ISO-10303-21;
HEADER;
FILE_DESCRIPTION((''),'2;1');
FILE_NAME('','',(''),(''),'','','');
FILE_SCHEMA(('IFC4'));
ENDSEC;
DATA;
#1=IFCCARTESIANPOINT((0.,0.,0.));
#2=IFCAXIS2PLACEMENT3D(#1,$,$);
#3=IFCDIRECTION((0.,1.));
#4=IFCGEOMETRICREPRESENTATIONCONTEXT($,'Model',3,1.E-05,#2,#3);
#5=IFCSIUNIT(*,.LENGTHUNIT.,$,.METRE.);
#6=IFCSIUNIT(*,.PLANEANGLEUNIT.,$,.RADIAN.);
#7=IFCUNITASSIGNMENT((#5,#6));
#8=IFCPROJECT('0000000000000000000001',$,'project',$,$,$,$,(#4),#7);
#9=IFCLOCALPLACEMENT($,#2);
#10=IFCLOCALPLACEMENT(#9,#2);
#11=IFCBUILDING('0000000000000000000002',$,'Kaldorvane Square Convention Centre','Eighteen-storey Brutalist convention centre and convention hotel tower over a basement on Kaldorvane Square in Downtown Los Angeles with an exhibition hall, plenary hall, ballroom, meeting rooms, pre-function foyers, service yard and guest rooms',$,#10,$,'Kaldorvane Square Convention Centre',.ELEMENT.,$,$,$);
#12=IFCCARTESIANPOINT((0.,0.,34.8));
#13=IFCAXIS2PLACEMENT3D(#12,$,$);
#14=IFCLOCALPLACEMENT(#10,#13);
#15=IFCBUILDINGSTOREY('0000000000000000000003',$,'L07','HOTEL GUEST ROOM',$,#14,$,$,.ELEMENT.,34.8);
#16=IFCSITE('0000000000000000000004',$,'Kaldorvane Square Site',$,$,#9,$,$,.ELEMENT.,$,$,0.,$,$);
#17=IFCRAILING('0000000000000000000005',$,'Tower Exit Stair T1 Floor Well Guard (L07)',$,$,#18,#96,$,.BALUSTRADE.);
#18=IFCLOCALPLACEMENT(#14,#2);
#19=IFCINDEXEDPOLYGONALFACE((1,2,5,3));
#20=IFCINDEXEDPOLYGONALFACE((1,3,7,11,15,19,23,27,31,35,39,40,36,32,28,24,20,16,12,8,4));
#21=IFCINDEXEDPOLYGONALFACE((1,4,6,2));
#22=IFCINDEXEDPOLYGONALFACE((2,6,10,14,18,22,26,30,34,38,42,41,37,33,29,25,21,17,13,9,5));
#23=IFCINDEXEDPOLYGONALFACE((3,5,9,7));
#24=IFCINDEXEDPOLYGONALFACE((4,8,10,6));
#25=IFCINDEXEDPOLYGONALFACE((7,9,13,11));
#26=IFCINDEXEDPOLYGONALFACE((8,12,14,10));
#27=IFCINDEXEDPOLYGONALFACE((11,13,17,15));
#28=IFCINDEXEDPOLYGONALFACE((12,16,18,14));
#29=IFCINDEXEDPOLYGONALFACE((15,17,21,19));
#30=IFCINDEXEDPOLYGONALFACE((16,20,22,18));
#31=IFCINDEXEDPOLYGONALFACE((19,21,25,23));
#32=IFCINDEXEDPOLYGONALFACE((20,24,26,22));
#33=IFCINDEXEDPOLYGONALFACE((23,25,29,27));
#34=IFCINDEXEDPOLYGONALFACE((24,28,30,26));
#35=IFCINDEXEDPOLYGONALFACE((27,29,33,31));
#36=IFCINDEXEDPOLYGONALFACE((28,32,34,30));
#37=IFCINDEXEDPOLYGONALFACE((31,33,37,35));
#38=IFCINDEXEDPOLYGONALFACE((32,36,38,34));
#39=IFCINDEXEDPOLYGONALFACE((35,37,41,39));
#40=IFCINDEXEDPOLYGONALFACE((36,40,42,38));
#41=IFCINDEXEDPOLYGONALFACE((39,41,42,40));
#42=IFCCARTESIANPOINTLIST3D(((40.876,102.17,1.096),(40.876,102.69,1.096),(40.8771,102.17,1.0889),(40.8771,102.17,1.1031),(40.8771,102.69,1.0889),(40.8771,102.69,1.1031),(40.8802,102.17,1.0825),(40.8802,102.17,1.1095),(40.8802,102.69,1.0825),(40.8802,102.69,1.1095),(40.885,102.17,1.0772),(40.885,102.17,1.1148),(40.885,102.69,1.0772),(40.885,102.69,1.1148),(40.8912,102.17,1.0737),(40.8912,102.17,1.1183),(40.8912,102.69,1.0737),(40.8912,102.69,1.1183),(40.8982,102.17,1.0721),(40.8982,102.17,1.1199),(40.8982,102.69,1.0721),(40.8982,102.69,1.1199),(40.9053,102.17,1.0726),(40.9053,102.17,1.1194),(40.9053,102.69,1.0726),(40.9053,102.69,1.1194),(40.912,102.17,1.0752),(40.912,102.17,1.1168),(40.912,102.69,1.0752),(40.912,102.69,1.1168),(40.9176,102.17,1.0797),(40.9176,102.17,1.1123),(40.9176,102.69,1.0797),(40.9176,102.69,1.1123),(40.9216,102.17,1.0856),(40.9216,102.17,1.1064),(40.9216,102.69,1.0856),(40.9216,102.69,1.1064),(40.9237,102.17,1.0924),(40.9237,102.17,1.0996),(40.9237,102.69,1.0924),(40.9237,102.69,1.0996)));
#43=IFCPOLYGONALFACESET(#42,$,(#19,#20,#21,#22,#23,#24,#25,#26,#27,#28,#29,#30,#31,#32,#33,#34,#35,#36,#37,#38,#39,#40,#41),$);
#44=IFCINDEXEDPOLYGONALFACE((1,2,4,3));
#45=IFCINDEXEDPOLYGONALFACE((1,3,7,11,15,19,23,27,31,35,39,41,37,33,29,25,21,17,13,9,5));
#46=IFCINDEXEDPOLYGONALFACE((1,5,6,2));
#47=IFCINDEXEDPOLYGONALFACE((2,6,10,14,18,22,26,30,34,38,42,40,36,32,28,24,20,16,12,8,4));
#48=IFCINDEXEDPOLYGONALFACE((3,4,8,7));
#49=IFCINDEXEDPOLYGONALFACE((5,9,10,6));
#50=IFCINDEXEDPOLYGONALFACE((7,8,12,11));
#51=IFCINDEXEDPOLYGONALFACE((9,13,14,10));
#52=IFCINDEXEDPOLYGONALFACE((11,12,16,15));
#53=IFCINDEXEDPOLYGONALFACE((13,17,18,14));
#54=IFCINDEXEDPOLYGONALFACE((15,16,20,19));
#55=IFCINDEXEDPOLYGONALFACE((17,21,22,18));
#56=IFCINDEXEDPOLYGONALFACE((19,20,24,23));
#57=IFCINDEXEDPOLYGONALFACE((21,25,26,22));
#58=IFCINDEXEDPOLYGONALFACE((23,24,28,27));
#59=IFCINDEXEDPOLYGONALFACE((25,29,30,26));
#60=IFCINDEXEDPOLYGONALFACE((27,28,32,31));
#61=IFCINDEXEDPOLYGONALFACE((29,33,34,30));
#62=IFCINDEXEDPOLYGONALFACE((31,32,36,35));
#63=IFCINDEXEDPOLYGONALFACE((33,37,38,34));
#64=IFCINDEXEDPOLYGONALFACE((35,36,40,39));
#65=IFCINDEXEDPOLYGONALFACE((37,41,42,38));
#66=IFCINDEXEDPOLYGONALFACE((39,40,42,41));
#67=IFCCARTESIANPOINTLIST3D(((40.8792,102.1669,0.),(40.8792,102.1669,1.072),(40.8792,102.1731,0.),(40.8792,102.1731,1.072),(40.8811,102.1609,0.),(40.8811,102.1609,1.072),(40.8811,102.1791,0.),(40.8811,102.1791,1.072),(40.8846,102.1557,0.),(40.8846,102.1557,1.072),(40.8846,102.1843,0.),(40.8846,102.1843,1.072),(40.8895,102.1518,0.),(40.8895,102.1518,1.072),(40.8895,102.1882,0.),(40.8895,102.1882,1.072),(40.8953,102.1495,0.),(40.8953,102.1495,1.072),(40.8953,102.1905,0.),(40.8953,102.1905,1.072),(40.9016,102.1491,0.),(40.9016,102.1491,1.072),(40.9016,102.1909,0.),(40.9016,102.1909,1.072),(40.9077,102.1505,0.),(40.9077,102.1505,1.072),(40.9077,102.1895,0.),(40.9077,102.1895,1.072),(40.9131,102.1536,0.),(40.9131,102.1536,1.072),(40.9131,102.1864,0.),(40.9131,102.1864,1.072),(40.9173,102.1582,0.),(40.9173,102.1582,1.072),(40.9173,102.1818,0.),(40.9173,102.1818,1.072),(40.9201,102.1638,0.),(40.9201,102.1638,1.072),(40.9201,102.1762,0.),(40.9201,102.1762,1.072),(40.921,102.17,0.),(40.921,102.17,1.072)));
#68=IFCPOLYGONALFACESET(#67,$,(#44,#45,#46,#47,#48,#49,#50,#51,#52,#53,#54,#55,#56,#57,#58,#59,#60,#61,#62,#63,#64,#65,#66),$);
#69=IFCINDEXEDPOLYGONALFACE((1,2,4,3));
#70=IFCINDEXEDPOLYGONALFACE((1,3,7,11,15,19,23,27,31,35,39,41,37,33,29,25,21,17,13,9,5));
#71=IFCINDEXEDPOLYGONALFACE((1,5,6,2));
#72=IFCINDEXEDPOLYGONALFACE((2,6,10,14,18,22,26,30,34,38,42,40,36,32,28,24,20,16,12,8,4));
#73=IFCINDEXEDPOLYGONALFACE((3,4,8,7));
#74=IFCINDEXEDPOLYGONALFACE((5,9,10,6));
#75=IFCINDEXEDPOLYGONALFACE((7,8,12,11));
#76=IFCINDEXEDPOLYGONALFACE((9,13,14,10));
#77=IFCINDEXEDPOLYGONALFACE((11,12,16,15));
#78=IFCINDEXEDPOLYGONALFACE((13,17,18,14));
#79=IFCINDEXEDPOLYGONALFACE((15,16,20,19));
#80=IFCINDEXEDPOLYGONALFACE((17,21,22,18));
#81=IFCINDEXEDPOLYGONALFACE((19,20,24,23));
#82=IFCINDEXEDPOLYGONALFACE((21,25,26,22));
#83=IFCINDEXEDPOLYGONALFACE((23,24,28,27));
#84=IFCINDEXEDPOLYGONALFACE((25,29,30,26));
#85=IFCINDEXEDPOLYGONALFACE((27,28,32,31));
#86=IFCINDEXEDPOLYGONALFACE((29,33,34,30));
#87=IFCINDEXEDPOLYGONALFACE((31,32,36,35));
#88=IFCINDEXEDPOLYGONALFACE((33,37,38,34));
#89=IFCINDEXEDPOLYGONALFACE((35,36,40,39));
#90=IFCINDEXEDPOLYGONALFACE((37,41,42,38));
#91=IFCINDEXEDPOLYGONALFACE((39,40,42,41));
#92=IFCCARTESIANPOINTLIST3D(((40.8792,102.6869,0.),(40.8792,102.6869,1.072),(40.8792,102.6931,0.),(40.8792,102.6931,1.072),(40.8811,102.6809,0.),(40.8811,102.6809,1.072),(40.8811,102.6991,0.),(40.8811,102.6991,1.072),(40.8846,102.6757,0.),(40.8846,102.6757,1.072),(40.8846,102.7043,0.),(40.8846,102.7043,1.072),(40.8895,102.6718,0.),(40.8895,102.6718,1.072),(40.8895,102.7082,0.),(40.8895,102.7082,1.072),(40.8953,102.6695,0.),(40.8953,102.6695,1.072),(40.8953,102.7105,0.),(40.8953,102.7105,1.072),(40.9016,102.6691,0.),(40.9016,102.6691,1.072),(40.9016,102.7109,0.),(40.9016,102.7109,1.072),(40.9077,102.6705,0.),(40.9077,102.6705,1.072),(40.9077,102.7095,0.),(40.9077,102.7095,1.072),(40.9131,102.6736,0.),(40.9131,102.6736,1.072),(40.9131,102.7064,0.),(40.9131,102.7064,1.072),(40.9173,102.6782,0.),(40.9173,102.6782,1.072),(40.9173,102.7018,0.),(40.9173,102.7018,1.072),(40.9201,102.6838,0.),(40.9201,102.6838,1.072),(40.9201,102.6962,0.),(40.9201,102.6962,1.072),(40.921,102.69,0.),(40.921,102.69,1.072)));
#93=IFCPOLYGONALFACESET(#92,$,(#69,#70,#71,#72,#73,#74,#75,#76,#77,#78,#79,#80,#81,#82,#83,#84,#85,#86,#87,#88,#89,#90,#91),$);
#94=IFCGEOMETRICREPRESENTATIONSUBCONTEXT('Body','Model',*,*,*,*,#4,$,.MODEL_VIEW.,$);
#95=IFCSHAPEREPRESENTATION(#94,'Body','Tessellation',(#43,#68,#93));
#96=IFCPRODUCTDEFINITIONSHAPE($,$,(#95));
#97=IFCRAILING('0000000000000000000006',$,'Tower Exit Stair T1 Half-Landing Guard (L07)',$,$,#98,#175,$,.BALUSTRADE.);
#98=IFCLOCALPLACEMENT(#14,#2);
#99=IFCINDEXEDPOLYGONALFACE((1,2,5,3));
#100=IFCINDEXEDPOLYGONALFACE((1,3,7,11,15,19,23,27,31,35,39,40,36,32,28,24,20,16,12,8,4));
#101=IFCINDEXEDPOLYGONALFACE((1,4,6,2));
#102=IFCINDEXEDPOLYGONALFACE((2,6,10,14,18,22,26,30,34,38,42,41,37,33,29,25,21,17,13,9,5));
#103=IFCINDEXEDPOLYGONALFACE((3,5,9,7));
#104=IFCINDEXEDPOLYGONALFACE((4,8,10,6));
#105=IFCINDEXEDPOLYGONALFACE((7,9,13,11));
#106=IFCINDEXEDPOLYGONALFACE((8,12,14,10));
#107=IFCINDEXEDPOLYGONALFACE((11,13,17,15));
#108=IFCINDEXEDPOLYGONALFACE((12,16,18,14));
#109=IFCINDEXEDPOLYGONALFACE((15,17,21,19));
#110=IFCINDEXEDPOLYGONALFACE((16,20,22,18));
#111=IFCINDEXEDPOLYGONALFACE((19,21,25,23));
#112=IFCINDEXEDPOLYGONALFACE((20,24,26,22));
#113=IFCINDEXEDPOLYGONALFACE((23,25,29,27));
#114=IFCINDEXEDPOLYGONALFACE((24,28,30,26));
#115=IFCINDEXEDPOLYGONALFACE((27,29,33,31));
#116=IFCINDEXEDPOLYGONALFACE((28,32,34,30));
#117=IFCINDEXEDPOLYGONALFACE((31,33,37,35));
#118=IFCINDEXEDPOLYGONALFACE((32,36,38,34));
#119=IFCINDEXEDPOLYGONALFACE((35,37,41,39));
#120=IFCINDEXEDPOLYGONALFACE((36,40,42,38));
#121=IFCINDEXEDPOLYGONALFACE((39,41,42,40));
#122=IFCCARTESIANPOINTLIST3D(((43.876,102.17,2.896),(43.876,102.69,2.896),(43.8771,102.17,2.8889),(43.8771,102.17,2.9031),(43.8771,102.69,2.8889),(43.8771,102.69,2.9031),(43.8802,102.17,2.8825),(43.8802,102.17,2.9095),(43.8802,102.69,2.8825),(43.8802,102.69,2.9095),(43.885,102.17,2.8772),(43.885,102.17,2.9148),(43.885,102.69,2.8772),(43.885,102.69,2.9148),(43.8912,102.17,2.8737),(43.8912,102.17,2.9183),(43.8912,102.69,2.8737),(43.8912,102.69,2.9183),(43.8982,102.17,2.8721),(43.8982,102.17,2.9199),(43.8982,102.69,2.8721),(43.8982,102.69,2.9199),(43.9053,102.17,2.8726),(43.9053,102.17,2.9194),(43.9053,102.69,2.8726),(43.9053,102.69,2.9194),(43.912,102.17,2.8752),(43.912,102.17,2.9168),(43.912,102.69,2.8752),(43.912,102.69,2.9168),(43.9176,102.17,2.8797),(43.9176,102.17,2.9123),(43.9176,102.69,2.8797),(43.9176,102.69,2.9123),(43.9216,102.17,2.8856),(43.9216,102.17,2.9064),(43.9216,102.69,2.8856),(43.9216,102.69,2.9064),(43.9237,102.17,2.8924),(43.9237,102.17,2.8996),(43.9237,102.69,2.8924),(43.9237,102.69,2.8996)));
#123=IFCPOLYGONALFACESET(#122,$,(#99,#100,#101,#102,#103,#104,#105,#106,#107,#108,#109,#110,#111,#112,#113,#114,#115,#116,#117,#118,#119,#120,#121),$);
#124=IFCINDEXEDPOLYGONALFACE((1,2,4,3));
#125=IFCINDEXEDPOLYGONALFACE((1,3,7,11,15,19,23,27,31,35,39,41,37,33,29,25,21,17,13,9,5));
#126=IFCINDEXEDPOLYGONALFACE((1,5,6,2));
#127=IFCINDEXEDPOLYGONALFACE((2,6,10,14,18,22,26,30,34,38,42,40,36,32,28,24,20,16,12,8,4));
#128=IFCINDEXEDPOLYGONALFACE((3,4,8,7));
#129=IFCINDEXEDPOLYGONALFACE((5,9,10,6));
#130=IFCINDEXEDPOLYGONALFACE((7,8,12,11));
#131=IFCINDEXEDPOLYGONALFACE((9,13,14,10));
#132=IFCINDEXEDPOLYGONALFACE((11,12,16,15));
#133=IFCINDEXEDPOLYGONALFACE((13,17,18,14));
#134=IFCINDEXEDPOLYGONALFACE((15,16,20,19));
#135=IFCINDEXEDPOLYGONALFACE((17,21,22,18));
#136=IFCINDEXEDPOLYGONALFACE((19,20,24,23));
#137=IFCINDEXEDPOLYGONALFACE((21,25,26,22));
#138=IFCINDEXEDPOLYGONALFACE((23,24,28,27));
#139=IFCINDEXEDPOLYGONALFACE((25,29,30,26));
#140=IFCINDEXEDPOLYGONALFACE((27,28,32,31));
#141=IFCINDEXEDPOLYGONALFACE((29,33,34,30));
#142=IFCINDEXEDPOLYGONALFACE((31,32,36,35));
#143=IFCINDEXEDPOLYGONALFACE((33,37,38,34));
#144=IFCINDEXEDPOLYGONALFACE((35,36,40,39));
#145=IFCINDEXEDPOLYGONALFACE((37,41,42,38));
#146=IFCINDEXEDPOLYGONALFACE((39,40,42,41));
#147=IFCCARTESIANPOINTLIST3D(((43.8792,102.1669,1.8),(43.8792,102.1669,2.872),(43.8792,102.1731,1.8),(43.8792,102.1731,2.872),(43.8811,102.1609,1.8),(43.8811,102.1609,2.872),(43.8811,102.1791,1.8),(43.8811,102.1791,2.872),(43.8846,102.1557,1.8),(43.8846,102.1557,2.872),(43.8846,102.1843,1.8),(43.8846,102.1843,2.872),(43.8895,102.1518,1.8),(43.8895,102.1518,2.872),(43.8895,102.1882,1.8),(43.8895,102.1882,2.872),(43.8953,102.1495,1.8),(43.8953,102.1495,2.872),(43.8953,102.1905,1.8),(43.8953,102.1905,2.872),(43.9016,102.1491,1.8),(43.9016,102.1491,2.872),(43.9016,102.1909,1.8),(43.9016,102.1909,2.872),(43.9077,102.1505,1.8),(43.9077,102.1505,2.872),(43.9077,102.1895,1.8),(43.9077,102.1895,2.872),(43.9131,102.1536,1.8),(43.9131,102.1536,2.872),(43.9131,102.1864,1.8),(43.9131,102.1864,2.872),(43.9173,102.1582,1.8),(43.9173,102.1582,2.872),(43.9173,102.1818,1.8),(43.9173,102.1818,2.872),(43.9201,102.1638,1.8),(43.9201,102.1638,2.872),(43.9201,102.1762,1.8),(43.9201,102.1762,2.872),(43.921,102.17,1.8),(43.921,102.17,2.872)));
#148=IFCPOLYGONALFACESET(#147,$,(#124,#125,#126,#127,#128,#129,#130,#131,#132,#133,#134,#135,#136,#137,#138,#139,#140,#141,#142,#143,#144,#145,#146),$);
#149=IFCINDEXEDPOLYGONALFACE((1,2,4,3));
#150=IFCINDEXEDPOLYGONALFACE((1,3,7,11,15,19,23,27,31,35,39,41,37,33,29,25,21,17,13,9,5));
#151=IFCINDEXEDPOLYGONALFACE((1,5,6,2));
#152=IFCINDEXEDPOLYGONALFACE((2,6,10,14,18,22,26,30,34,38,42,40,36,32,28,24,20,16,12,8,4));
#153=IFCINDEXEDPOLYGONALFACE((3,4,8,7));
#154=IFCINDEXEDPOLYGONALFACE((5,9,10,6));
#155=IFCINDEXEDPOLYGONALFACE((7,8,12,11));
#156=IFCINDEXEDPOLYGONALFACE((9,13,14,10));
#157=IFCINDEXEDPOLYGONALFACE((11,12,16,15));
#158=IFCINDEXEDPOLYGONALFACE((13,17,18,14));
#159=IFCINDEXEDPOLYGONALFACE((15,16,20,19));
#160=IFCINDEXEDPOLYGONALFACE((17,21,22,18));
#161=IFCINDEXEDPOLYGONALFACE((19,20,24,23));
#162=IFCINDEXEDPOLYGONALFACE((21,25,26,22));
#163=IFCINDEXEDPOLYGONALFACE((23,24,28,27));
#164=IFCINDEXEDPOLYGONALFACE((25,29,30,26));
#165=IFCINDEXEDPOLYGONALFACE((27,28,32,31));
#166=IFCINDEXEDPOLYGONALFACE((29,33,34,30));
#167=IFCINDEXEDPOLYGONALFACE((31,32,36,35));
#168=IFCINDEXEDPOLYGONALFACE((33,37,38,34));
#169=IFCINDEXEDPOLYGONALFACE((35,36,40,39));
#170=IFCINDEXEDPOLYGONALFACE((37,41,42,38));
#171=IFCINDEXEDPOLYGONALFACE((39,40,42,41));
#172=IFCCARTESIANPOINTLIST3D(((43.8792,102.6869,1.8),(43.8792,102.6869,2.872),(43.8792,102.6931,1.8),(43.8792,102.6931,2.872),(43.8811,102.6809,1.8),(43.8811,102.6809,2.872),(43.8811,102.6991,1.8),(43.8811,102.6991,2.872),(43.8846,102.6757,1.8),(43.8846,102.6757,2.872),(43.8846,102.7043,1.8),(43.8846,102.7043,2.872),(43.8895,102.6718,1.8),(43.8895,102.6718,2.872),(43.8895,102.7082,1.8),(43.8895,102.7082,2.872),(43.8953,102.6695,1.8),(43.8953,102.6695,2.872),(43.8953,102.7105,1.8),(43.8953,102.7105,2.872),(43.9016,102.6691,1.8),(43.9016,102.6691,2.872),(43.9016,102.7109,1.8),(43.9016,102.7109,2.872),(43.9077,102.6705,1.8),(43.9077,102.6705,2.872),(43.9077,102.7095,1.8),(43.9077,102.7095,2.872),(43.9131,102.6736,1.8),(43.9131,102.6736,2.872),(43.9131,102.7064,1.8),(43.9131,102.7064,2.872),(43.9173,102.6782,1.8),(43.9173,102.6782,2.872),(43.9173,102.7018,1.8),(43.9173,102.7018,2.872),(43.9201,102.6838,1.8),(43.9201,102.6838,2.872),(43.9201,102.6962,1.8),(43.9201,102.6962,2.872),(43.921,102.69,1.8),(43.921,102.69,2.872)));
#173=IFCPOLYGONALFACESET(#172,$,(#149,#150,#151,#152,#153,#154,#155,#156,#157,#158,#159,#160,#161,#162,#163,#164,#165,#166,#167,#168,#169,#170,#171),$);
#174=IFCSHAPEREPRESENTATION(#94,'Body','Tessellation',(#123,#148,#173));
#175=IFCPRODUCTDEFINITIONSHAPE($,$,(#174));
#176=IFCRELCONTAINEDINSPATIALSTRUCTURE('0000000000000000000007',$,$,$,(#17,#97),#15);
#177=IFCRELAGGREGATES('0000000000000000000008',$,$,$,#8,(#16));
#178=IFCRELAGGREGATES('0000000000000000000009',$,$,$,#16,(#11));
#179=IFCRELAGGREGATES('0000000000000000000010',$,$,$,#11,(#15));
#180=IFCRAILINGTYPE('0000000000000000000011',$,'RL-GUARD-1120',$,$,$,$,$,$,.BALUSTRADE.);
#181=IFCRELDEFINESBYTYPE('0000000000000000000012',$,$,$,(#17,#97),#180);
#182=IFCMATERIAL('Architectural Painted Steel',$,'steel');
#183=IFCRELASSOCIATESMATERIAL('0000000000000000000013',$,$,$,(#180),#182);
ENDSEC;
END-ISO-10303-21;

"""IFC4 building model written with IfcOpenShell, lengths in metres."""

from ifc_helpers import new_model, si_unit, direction, frame, origin, origin_2d, place, context, subcontext, project, spatial, circle, extrude, material, type_object, element, save


model = new_model("IFC4")

# Units and contexts
model_context = context("Model", 3, precision=1e-05, world=origin(), true_north=direction((0.0, 1.0)))
body_context = subcontext(model_context, "Body", "Model", "MODEL_VIEW")
ifc_project = project(units=[si_unit("LENGTHUNIT", "METRE"), si_unit("PLANEANGLEUNIT", "RADIAN")], contexts=[model_context])

# Site, building, storey
site_placement = place(None, origin())
site = spatial("IfcSite", under=ifc_project, at=site_placement, Name="Kaldorvane Square Site", CompositionType="ELEMENT", RefElevation=0.0)
building_placement = place(site_placement, origin())
building = spatial("IfcBuilding", under=site, at=building_placement, Name="Kaldorvane Square Convention Centre", Description="Eighteen-storey Brutalist convention centre and convention hotel tower over a basement on Kaldorvane Square in Downtown Los Angeles with an exhibition hall, plenary hall, ballroom, meeting rooms, pre-function foyers, service yard and guest rooms", LongName="Kaldorvane Square Convention Centre", CompositionType="ELEMENT")
storey_placement = place(building_placement, frame((0.0, 0.0, 34.8)))
storey = spatial("IfcBuildingStorey", under=building, at=storey_placement, Name="L07", Description="HOTEL GUEST ROOM", CompositionType="ELEMENT", Elevation=34.8)

# Railings
ifc_material_1 = material(Name="Architectural Painted Steel", Category="steel")
railing_type_1 = type_object("IfcRailingType", Name="RL-GUARD-1120", PredefinedType="BALUSTRADE", material=ifc_material_1)
for number, where, name in (
    (1, (40.9, 102.17, 0.0), "Tower Exit Stair T1 Floor Well Guard (L07)"),
    (2, (43.9, 102.17, 1.8), "Tower Exit Stair T1 Half-Landing Guard (L07)"),
):
    element("IfcRailing", number, at=place(storey_placement, frame(where)), inside=storey, type_object=railing_type_1, Name=name, PredefinedType="BALUSTRADE", context=body_context, shape_type="SweptSolid", body=[
        extrude(circle(Radius=0.024, at=origin_2d()), frame((0.0, 0.0, 1.096), z_axis=(0.0, 1.0, 0.0), x_axis=(-1.0, 0.0, 0.0)), (0.0, 0.0, 1.0), 0.52),
        extrude(circle(Radius=0.021, at=origin_2d()), origin(), (0.0, 0.0, 1.0), 1.072),
        extrude(circle(Radius=0.021, at=origin_2d()), frame((0.0, 0.52, 0.0)), (0.0, 0.0, 1.0), 1.072),
    ])

save(model, "model.ifc")
